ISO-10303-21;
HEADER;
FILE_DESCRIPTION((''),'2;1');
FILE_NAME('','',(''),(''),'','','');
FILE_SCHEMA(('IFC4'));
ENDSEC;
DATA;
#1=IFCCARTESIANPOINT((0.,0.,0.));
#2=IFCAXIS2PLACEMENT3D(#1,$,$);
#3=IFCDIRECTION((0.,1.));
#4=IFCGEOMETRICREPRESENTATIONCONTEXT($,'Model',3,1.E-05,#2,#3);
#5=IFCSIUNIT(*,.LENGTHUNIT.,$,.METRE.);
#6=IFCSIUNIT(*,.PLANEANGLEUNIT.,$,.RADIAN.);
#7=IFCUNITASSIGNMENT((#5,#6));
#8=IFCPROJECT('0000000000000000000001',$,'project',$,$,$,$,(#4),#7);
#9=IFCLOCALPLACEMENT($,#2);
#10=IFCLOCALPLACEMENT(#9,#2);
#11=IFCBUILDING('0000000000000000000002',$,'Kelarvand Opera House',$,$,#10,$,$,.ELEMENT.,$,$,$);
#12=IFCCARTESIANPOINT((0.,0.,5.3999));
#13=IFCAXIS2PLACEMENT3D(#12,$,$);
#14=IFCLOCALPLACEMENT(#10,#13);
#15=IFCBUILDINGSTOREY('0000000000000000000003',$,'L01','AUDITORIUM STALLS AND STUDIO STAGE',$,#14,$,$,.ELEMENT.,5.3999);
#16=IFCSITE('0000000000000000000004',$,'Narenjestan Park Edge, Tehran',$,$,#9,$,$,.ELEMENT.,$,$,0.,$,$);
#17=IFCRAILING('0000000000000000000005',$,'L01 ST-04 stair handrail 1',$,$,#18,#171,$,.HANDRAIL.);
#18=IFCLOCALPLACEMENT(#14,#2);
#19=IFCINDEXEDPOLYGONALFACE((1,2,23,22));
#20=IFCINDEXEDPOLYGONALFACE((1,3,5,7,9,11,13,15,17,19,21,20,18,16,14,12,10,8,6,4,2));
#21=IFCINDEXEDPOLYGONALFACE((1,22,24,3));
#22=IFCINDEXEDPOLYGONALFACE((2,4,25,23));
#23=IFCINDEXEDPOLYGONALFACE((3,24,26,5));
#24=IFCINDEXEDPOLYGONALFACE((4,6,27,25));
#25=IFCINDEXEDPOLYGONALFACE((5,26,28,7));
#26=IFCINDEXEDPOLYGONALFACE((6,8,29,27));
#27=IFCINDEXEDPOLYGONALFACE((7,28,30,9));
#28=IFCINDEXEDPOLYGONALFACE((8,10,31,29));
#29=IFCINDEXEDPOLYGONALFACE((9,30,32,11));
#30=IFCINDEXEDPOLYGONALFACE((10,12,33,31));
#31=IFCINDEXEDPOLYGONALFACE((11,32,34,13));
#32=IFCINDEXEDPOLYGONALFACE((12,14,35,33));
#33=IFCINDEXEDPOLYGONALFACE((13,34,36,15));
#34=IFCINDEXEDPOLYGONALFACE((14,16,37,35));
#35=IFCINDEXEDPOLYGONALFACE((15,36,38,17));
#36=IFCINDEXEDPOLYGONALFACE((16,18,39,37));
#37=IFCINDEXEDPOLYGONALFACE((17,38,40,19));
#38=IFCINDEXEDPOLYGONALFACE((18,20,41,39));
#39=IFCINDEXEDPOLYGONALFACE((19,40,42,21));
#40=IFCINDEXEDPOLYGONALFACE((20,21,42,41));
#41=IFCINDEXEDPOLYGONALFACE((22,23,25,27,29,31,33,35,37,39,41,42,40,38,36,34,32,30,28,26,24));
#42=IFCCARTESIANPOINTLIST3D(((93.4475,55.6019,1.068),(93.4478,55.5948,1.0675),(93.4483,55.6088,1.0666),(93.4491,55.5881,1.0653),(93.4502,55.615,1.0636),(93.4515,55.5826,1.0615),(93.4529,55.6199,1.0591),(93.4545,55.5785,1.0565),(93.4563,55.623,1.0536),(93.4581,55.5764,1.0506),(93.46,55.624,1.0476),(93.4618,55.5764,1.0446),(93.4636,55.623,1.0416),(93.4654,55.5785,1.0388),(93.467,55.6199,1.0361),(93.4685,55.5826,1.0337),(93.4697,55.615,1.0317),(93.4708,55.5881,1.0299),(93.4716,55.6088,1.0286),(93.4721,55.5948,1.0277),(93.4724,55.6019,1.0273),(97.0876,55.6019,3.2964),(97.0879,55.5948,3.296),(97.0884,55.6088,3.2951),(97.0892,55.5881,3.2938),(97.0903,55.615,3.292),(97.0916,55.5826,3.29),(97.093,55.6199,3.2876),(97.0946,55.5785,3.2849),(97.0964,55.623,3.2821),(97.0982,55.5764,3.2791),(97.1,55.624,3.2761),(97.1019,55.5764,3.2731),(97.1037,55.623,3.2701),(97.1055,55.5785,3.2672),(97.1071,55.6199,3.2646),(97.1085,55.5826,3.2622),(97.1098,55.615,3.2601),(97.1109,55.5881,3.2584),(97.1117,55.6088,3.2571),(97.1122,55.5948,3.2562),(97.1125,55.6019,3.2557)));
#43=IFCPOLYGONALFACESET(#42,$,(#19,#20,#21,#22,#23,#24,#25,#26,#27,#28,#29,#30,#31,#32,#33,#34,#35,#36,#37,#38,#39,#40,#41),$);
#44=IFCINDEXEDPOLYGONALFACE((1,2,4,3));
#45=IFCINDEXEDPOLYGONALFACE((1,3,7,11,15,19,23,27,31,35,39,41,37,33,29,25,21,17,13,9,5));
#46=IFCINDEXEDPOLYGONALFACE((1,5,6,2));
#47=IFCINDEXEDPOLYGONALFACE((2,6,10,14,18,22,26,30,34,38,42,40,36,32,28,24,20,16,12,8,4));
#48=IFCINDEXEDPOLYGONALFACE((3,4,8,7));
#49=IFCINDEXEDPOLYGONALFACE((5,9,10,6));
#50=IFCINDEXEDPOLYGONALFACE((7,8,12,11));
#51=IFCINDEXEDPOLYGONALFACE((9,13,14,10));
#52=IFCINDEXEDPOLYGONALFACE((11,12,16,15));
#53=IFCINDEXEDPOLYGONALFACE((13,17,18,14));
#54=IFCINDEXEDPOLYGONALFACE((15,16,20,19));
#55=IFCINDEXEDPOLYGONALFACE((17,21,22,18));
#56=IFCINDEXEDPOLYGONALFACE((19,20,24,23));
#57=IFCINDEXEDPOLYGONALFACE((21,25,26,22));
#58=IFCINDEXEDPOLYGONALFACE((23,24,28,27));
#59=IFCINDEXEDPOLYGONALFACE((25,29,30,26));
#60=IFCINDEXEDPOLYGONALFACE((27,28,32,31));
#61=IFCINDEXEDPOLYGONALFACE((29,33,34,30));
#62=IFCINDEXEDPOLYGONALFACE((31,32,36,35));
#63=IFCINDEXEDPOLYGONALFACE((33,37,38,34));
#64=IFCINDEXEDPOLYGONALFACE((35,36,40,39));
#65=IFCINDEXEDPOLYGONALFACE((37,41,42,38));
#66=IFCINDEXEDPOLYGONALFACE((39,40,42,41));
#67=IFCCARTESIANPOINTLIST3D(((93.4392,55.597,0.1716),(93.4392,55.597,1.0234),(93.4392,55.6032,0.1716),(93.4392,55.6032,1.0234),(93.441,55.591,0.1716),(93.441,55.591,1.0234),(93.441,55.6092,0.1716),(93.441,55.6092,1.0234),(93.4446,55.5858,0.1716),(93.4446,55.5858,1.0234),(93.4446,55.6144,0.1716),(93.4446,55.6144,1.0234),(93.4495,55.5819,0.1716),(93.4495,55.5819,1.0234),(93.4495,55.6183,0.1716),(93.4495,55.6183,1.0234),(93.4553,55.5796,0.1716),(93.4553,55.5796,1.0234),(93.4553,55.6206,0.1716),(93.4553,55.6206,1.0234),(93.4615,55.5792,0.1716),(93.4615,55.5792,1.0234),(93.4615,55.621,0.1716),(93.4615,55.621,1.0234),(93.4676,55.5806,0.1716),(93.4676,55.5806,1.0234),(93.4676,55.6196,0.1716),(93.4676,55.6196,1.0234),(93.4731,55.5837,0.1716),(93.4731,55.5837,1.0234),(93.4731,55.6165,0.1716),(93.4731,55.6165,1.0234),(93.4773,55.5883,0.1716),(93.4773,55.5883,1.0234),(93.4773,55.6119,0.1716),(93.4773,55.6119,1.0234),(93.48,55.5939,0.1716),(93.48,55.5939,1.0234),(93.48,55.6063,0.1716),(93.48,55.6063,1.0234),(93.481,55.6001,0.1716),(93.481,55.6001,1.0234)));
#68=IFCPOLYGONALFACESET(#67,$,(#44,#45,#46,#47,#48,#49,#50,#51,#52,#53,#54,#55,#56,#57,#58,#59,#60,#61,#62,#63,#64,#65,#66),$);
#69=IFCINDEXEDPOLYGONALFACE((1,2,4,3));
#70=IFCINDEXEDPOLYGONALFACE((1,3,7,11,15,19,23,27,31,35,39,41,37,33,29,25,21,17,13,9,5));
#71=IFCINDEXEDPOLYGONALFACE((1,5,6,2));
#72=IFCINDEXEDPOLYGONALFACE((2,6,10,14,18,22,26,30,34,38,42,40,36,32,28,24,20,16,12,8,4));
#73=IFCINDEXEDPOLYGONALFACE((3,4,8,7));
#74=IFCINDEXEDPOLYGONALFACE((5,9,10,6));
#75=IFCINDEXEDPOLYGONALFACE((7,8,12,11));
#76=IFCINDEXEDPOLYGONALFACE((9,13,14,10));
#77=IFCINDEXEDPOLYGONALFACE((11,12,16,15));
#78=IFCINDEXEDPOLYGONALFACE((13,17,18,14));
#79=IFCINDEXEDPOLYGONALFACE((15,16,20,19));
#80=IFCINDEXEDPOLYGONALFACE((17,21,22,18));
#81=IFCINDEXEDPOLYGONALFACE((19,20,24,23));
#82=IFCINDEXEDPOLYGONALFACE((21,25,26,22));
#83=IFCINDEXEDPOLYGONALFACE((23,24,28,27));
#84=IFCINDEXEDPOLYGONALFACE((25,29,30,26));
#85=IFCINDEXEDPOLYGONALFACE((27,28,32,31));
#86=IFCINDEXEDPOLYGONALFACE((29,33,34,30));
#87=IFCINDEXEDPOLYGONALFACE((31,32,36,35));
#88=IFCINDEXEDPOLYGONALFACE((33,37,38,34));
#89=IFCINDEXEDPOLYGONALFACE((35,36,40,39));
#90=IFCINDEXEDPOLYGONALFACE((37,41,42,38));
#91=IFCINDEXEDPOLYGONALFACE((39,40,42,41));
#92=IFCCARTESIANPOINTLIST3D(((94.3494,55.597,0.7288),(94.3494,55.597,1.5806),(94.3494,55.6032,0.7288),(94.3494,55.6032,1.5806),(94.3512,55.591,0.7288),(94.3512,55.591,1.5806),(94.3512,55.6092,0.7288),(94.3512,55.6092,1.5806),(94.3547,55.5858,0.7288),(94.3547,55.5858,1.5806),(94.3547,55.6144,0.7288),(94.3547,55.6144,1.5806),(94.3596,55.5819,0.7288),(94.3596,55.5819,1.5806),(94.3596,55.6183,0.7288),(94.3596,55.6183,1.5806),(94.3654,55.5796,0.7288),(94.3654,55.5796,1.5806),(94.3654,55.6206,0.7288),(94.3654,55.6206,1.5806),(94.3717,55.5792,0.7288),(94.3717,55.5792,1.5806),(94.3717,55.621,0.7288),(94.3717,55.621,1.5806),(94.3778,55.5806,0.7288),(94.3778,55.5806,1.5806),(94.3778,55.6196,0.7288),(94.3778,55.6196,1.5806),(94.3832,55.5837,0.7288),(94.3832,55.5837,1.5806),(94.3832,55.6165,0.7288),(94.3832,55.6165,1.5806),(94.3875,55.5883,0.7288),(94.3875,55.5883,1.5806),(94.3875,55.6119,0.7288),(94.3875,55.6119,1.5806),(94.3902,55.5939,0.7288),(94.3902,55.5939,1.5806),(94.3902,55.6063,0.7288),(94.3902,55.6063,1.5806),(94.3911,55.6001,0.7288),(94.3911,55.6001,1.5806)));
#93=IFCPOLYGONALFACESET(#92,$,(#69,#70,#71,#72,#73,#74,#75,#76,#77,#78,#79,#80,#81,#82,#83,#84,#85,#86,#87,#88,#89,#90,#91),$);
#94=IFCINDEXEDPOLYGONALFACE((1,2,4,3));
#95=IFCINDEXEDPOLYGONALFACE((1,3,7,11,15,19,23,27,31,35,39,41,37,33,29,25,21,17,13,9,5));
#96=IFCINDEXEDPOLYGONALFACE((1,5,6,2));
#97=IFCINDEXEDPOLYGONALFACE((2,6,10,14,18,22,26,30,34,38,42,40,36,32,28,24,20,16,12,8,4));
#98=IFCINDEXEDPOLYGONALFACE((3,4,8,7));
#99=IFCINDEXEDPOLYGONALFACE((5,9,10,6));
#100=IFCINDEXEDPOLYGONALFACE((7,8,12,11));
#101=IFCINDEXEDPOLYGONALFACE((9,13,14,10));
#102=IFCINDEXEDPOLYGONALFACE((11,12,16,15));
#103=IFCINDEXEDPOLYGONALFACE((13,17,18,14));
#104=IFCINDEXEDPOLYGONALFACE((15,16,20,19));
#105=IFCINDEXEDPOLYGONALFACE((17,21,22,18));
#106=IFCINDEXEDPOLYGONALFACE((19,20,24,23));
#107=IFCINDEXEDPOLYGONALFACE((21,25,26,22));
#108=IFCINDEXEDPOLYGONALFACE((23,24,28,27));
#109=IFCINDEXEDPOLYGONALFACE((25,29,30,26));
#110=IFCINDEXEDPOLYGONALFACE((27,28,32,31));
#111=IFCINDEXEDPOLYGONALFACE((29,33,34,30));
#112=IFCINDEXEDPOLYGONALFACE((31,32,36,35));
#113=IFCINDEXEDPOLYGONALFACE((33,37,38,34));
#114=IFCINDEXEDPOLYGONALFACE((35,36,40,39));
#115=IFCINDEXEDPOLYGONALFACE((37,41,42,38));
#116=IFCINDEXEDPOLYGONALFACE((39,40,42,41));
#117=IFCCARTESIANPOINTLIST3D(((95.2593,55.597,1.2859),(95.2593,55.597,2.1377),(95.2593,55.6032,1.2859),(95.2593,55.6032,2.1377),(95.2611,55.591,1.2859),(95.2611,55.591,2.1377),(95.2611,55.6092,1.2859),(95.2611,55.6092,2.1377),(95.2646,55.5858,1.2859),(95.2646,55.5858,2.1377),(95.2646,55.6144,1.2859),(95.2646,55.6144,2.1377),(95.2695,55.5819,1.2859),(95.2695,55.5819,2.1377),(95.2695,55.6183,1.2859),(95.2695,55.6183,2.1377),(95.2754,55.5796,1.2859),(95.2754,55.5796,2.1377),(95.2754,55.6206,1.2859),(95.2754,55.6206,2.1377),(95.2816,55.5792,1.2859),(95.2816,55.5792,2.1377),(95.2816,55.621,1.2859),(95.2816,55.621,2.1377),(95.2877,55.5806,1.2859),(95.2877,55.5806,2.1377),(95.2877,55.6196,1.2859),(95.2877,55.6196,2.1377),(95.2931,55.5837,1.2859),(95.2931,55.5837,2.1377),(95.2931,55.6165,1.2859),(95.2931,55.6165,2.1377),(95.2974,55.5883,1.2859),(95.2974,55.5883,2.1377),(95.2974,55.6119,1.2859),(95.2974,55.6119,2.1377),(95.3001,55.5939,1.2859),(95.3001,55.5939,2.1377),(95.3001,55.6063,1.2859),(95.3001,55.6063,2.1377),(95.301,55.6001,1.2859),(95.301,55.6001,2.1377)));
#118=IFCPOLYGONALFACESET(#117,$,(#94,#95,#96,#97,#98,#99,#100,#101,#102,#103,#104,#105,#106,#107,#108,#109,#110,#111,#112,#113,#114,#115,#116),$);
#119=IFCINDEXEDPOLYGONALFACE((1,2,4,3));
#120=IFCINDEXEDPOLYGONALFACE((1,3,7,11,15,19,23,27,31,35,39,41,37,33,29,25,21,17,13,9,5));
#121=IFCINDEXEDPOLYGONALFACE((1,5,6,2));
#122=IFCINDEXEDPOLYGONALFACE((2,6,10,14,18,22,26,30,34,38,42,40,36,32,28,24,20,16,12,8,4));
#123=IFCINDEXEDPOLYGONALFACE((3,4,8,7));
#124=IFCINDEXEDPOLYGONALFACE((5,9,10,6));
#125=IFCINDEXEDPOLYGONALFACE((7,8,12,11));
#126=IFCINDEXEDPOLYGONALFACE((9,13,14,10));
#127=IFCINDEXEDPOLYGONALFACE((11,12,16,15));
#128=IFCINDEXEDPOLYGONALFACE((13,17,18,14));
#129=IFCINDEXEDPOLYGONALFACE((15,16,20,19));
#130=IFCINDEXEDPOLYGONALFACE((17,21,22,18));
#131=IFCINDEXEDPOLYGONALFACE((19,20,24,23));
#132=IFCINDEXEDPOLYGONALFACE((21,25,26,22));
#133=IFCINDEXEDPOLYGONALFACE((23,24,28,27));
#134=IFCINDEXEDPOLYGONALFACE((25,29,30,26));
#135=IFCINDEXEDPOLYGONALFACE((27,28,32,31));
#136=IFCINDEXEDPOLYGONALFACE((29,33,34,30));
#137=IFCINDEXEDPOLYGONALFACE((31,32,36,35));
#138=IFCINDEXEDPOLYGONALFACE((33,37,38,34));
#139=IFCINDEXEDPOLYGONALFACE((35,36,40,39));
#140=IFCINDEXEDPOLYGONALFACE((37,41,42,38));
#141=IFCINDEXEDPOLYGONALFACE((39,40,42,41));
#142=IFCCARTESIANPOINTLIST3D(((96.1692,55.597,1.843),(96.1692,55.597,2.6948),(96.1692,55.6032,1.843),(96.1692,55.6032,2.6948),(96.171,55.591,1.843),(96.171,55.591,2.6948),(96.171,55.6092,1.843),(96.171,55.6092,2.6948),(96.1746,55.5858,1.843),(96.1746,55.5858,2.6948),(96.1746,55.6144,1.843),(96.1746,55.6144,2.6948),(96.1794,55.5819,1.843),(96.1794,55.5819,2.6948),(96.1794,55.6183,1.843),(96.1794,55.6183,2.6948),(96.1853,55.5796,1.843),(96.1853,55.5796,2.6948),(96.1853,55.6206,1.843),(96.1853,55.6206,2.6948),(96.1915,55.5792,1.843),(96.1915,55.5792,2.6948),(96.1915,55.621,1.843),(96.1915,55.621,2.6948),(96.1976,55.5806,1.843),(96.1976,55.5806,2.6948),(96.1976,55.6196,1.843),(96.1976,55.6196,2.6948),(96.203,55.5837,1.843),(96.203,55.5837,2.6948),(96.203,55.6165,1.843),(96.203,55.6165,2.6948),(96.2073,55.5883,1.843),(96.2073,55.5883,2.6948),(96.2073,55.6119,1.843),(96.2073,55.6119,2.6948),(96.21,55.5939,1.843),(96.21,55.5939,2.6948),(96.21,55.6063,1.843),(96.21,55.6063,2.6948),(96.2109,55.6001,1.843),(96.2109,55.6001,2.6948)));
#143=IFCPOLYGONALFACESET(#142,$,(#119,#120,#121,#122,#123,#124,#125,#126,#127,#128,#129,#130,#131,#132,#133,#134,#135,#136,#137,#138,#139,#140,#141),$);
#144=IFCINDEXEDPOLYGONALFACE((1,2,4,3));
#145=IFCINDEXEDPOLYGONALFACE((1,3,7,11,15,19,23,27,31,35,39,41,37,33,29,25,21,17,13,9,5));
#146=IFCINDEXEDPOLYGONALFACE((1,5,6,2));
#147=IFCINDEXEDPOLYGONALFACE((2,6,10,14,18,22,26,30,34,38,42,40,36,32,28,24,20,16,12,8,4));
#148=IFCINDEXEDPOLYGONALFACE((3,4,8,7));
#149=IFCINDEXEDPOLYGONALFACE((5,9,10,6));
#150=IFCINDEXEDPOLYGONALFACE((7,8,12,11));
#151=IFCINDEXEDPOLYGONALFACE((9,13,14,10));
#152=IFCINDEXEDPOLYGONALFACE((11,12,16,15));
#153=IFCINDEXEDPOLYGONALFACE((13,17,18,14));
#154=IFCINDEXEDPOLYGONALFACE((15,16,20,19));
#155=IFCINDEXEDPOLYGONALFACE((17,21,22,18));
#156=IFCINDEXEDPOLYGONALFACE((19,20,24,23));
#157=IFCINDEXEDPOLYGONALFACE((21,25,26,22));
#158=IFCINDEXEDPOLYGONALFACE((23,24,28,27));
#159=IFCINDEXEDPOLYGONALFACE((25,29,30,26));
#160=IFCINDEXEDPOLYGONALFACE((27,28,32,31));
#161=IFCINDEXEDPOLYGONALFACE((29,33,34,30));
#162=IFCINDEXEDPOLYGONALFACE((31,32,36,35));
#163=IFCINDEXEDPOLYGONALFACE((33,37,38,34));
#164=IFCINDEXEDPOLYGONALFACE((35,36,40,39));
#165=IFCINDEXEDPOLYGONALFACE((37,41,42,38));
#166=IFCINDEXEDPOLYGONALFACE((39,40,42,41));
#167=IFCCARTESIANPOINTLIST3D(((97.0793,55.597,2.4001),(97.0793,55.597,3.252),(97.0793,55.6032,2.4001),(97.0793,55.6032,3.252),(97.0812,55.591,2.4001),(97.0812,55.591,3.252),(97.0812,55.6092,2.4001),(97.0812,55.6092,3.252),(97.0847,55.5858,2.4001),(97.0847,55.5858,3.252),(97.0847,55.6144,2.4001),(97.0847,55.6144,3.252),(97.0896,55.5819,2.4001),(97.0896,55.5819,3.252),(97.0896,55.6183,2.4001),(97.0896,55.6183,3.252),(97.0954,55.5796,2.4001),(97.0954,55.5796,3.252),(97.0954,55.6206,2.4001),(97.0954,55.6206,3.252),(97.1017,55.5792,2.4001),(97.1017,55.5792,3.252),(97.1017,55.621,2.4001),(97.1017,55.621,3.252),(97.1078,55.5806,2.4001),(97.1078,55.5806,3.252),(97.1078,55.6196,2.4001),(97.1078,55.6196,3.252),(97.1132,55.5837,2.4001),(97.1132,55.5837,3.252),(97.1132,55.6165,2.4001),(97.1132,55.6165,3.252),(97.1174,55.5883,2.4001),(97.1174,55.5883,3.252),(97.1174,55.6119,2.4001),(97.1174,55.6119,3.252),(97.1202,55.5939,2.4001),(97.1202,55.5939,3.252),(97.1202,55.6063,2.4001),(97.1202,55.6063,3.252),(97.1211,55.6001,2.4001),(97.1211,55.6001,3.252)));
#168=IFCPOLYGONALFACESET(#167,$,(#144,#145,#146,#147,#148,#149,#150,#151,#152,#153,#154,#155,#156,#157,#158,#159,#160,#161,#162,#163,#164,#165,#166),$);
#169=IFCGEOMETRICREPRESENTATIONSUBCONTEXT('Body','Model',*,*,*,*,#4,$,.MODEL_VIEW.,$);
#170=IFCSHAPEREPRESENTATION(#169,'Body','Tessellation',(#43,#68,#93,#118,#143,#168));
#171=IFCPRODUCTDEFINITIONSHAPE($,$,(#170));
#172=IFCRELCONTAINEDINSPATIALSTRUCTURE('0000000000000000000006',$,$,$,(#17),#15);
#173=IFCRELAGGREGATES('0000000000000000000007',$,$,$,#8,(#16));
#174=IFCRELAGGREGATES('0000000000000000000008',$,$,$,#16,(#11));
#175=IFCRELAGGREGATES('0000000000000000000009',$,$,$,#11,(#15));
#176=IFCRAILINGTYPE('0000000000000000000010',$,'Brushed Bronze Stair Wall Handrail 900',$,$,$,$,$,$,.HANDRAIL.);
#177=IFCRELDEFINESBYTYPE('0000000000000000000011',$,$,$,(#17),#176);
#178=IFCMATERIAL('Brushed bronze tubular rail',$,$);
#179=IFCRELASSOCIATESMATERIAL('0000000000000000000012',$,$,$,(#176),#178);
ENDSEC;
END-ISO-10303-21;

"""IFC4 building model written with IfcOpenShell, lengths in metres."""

from ifc_helpers import new_model, si_unit, direction, frame, origin, origin_2d, place, context, subcontext, project, spatial, circle, extrude, material, type_object, element, save


model = new_model("IFC4")

# Units and contexts
model_context = context("Model", 3, precision=1e-05, world=origin(), true_north=direction((0.0, 1.0)))
body_context = subcontext(model_context, "Body", "Model", "MODEL_VIEW")
ifc_project = project(units=[si_unit("LENGTHUNIT", "METRE"), si_unit("PLANEANGLEUNIT", "RADIAN")], contexts=[model_context])

# Site, building, storey
site_placement = place(None, origin())
site = spatial("IfcSite", under=ifc_project, at=site_placement, Name="Narenjestan Park Edge, Tehran", CompositionType="ELEMENT", RefElevation=0.0)
building_placement = place(site_placement, origin())
building = spatial("IfcBuilding", under=site, at=building_placement, Name="Kelarvand Opera House", CompositionType="ELEMENT")
storey_placement = place(building_placement, frame((0.0, 0.0, 5.3999)))
storey = spatial("IfcBuildingStorey", under=building, at=storey_placement, Name="L01", Description="AUDITORIUM STALLS AND STUDIO STAGE", CompositionType="ELEMENT", Elevation=5.3999)

# Railing
ifc_material_1 = material(Name="Brushed bronze tubular rail")
railing_type_1 = type_object("IfcRailingType", Name="Brushed Bronze Stair Wall Handrail 900", PredefinedType="HANDRAIL", material=ifc_material_1)
for number, where, name in (
    (1, (93.46, 55.6001, 0.1716), "L01 ST-04 stair handrail 1"),
):
    element("IfcRailing", number, at=place(storey_placement, frame(where)), inside=storey, type_object=railing_type_1, Name=name, PredefinedType="HANDRAIL", context=body_context, shape_type="SweptSolid", body=[
        extrude(circle(Radius=0.0239, at=origin_2d()), frame((0.0, 0.0, 0.876), z_axis=(0.852866, 0.0, 0.52213), x_axis=(0.0, 1.0, 0.0)), (0.0, 0.0, 1.0), 4.2681),
        extrude(circle(Radius=0.021, at=origin_2d()), origin(), (0.0, 0.0, 1.0), 0.8518),
        extrude(circle(Radius=0.021, at=origin_2d()), frame((0.9102, 0.0, 0.5571)), (0.0, 0.0, 1.0), 0.8518),
        extrude(circle(Radius=0.021, at=origin_2d()), frame((1.8201, 0.0, 1.1143)), (0.0, 0.0, 1.0), 0.8518),
        extrude(circle(Radius=0.021, at=origin_2d()), frame((2.73, 0.0, 1.6714)), (0.0, 0.0, 1.0), 0.8518),
        extrude(circle(Radius=0.021, at=origin_2d()), frame((3.6401, 0.0, 2.2285)), (0.0, 0.0, 1.0), 0.8518),
    ])

save(model, "model.ifc")
